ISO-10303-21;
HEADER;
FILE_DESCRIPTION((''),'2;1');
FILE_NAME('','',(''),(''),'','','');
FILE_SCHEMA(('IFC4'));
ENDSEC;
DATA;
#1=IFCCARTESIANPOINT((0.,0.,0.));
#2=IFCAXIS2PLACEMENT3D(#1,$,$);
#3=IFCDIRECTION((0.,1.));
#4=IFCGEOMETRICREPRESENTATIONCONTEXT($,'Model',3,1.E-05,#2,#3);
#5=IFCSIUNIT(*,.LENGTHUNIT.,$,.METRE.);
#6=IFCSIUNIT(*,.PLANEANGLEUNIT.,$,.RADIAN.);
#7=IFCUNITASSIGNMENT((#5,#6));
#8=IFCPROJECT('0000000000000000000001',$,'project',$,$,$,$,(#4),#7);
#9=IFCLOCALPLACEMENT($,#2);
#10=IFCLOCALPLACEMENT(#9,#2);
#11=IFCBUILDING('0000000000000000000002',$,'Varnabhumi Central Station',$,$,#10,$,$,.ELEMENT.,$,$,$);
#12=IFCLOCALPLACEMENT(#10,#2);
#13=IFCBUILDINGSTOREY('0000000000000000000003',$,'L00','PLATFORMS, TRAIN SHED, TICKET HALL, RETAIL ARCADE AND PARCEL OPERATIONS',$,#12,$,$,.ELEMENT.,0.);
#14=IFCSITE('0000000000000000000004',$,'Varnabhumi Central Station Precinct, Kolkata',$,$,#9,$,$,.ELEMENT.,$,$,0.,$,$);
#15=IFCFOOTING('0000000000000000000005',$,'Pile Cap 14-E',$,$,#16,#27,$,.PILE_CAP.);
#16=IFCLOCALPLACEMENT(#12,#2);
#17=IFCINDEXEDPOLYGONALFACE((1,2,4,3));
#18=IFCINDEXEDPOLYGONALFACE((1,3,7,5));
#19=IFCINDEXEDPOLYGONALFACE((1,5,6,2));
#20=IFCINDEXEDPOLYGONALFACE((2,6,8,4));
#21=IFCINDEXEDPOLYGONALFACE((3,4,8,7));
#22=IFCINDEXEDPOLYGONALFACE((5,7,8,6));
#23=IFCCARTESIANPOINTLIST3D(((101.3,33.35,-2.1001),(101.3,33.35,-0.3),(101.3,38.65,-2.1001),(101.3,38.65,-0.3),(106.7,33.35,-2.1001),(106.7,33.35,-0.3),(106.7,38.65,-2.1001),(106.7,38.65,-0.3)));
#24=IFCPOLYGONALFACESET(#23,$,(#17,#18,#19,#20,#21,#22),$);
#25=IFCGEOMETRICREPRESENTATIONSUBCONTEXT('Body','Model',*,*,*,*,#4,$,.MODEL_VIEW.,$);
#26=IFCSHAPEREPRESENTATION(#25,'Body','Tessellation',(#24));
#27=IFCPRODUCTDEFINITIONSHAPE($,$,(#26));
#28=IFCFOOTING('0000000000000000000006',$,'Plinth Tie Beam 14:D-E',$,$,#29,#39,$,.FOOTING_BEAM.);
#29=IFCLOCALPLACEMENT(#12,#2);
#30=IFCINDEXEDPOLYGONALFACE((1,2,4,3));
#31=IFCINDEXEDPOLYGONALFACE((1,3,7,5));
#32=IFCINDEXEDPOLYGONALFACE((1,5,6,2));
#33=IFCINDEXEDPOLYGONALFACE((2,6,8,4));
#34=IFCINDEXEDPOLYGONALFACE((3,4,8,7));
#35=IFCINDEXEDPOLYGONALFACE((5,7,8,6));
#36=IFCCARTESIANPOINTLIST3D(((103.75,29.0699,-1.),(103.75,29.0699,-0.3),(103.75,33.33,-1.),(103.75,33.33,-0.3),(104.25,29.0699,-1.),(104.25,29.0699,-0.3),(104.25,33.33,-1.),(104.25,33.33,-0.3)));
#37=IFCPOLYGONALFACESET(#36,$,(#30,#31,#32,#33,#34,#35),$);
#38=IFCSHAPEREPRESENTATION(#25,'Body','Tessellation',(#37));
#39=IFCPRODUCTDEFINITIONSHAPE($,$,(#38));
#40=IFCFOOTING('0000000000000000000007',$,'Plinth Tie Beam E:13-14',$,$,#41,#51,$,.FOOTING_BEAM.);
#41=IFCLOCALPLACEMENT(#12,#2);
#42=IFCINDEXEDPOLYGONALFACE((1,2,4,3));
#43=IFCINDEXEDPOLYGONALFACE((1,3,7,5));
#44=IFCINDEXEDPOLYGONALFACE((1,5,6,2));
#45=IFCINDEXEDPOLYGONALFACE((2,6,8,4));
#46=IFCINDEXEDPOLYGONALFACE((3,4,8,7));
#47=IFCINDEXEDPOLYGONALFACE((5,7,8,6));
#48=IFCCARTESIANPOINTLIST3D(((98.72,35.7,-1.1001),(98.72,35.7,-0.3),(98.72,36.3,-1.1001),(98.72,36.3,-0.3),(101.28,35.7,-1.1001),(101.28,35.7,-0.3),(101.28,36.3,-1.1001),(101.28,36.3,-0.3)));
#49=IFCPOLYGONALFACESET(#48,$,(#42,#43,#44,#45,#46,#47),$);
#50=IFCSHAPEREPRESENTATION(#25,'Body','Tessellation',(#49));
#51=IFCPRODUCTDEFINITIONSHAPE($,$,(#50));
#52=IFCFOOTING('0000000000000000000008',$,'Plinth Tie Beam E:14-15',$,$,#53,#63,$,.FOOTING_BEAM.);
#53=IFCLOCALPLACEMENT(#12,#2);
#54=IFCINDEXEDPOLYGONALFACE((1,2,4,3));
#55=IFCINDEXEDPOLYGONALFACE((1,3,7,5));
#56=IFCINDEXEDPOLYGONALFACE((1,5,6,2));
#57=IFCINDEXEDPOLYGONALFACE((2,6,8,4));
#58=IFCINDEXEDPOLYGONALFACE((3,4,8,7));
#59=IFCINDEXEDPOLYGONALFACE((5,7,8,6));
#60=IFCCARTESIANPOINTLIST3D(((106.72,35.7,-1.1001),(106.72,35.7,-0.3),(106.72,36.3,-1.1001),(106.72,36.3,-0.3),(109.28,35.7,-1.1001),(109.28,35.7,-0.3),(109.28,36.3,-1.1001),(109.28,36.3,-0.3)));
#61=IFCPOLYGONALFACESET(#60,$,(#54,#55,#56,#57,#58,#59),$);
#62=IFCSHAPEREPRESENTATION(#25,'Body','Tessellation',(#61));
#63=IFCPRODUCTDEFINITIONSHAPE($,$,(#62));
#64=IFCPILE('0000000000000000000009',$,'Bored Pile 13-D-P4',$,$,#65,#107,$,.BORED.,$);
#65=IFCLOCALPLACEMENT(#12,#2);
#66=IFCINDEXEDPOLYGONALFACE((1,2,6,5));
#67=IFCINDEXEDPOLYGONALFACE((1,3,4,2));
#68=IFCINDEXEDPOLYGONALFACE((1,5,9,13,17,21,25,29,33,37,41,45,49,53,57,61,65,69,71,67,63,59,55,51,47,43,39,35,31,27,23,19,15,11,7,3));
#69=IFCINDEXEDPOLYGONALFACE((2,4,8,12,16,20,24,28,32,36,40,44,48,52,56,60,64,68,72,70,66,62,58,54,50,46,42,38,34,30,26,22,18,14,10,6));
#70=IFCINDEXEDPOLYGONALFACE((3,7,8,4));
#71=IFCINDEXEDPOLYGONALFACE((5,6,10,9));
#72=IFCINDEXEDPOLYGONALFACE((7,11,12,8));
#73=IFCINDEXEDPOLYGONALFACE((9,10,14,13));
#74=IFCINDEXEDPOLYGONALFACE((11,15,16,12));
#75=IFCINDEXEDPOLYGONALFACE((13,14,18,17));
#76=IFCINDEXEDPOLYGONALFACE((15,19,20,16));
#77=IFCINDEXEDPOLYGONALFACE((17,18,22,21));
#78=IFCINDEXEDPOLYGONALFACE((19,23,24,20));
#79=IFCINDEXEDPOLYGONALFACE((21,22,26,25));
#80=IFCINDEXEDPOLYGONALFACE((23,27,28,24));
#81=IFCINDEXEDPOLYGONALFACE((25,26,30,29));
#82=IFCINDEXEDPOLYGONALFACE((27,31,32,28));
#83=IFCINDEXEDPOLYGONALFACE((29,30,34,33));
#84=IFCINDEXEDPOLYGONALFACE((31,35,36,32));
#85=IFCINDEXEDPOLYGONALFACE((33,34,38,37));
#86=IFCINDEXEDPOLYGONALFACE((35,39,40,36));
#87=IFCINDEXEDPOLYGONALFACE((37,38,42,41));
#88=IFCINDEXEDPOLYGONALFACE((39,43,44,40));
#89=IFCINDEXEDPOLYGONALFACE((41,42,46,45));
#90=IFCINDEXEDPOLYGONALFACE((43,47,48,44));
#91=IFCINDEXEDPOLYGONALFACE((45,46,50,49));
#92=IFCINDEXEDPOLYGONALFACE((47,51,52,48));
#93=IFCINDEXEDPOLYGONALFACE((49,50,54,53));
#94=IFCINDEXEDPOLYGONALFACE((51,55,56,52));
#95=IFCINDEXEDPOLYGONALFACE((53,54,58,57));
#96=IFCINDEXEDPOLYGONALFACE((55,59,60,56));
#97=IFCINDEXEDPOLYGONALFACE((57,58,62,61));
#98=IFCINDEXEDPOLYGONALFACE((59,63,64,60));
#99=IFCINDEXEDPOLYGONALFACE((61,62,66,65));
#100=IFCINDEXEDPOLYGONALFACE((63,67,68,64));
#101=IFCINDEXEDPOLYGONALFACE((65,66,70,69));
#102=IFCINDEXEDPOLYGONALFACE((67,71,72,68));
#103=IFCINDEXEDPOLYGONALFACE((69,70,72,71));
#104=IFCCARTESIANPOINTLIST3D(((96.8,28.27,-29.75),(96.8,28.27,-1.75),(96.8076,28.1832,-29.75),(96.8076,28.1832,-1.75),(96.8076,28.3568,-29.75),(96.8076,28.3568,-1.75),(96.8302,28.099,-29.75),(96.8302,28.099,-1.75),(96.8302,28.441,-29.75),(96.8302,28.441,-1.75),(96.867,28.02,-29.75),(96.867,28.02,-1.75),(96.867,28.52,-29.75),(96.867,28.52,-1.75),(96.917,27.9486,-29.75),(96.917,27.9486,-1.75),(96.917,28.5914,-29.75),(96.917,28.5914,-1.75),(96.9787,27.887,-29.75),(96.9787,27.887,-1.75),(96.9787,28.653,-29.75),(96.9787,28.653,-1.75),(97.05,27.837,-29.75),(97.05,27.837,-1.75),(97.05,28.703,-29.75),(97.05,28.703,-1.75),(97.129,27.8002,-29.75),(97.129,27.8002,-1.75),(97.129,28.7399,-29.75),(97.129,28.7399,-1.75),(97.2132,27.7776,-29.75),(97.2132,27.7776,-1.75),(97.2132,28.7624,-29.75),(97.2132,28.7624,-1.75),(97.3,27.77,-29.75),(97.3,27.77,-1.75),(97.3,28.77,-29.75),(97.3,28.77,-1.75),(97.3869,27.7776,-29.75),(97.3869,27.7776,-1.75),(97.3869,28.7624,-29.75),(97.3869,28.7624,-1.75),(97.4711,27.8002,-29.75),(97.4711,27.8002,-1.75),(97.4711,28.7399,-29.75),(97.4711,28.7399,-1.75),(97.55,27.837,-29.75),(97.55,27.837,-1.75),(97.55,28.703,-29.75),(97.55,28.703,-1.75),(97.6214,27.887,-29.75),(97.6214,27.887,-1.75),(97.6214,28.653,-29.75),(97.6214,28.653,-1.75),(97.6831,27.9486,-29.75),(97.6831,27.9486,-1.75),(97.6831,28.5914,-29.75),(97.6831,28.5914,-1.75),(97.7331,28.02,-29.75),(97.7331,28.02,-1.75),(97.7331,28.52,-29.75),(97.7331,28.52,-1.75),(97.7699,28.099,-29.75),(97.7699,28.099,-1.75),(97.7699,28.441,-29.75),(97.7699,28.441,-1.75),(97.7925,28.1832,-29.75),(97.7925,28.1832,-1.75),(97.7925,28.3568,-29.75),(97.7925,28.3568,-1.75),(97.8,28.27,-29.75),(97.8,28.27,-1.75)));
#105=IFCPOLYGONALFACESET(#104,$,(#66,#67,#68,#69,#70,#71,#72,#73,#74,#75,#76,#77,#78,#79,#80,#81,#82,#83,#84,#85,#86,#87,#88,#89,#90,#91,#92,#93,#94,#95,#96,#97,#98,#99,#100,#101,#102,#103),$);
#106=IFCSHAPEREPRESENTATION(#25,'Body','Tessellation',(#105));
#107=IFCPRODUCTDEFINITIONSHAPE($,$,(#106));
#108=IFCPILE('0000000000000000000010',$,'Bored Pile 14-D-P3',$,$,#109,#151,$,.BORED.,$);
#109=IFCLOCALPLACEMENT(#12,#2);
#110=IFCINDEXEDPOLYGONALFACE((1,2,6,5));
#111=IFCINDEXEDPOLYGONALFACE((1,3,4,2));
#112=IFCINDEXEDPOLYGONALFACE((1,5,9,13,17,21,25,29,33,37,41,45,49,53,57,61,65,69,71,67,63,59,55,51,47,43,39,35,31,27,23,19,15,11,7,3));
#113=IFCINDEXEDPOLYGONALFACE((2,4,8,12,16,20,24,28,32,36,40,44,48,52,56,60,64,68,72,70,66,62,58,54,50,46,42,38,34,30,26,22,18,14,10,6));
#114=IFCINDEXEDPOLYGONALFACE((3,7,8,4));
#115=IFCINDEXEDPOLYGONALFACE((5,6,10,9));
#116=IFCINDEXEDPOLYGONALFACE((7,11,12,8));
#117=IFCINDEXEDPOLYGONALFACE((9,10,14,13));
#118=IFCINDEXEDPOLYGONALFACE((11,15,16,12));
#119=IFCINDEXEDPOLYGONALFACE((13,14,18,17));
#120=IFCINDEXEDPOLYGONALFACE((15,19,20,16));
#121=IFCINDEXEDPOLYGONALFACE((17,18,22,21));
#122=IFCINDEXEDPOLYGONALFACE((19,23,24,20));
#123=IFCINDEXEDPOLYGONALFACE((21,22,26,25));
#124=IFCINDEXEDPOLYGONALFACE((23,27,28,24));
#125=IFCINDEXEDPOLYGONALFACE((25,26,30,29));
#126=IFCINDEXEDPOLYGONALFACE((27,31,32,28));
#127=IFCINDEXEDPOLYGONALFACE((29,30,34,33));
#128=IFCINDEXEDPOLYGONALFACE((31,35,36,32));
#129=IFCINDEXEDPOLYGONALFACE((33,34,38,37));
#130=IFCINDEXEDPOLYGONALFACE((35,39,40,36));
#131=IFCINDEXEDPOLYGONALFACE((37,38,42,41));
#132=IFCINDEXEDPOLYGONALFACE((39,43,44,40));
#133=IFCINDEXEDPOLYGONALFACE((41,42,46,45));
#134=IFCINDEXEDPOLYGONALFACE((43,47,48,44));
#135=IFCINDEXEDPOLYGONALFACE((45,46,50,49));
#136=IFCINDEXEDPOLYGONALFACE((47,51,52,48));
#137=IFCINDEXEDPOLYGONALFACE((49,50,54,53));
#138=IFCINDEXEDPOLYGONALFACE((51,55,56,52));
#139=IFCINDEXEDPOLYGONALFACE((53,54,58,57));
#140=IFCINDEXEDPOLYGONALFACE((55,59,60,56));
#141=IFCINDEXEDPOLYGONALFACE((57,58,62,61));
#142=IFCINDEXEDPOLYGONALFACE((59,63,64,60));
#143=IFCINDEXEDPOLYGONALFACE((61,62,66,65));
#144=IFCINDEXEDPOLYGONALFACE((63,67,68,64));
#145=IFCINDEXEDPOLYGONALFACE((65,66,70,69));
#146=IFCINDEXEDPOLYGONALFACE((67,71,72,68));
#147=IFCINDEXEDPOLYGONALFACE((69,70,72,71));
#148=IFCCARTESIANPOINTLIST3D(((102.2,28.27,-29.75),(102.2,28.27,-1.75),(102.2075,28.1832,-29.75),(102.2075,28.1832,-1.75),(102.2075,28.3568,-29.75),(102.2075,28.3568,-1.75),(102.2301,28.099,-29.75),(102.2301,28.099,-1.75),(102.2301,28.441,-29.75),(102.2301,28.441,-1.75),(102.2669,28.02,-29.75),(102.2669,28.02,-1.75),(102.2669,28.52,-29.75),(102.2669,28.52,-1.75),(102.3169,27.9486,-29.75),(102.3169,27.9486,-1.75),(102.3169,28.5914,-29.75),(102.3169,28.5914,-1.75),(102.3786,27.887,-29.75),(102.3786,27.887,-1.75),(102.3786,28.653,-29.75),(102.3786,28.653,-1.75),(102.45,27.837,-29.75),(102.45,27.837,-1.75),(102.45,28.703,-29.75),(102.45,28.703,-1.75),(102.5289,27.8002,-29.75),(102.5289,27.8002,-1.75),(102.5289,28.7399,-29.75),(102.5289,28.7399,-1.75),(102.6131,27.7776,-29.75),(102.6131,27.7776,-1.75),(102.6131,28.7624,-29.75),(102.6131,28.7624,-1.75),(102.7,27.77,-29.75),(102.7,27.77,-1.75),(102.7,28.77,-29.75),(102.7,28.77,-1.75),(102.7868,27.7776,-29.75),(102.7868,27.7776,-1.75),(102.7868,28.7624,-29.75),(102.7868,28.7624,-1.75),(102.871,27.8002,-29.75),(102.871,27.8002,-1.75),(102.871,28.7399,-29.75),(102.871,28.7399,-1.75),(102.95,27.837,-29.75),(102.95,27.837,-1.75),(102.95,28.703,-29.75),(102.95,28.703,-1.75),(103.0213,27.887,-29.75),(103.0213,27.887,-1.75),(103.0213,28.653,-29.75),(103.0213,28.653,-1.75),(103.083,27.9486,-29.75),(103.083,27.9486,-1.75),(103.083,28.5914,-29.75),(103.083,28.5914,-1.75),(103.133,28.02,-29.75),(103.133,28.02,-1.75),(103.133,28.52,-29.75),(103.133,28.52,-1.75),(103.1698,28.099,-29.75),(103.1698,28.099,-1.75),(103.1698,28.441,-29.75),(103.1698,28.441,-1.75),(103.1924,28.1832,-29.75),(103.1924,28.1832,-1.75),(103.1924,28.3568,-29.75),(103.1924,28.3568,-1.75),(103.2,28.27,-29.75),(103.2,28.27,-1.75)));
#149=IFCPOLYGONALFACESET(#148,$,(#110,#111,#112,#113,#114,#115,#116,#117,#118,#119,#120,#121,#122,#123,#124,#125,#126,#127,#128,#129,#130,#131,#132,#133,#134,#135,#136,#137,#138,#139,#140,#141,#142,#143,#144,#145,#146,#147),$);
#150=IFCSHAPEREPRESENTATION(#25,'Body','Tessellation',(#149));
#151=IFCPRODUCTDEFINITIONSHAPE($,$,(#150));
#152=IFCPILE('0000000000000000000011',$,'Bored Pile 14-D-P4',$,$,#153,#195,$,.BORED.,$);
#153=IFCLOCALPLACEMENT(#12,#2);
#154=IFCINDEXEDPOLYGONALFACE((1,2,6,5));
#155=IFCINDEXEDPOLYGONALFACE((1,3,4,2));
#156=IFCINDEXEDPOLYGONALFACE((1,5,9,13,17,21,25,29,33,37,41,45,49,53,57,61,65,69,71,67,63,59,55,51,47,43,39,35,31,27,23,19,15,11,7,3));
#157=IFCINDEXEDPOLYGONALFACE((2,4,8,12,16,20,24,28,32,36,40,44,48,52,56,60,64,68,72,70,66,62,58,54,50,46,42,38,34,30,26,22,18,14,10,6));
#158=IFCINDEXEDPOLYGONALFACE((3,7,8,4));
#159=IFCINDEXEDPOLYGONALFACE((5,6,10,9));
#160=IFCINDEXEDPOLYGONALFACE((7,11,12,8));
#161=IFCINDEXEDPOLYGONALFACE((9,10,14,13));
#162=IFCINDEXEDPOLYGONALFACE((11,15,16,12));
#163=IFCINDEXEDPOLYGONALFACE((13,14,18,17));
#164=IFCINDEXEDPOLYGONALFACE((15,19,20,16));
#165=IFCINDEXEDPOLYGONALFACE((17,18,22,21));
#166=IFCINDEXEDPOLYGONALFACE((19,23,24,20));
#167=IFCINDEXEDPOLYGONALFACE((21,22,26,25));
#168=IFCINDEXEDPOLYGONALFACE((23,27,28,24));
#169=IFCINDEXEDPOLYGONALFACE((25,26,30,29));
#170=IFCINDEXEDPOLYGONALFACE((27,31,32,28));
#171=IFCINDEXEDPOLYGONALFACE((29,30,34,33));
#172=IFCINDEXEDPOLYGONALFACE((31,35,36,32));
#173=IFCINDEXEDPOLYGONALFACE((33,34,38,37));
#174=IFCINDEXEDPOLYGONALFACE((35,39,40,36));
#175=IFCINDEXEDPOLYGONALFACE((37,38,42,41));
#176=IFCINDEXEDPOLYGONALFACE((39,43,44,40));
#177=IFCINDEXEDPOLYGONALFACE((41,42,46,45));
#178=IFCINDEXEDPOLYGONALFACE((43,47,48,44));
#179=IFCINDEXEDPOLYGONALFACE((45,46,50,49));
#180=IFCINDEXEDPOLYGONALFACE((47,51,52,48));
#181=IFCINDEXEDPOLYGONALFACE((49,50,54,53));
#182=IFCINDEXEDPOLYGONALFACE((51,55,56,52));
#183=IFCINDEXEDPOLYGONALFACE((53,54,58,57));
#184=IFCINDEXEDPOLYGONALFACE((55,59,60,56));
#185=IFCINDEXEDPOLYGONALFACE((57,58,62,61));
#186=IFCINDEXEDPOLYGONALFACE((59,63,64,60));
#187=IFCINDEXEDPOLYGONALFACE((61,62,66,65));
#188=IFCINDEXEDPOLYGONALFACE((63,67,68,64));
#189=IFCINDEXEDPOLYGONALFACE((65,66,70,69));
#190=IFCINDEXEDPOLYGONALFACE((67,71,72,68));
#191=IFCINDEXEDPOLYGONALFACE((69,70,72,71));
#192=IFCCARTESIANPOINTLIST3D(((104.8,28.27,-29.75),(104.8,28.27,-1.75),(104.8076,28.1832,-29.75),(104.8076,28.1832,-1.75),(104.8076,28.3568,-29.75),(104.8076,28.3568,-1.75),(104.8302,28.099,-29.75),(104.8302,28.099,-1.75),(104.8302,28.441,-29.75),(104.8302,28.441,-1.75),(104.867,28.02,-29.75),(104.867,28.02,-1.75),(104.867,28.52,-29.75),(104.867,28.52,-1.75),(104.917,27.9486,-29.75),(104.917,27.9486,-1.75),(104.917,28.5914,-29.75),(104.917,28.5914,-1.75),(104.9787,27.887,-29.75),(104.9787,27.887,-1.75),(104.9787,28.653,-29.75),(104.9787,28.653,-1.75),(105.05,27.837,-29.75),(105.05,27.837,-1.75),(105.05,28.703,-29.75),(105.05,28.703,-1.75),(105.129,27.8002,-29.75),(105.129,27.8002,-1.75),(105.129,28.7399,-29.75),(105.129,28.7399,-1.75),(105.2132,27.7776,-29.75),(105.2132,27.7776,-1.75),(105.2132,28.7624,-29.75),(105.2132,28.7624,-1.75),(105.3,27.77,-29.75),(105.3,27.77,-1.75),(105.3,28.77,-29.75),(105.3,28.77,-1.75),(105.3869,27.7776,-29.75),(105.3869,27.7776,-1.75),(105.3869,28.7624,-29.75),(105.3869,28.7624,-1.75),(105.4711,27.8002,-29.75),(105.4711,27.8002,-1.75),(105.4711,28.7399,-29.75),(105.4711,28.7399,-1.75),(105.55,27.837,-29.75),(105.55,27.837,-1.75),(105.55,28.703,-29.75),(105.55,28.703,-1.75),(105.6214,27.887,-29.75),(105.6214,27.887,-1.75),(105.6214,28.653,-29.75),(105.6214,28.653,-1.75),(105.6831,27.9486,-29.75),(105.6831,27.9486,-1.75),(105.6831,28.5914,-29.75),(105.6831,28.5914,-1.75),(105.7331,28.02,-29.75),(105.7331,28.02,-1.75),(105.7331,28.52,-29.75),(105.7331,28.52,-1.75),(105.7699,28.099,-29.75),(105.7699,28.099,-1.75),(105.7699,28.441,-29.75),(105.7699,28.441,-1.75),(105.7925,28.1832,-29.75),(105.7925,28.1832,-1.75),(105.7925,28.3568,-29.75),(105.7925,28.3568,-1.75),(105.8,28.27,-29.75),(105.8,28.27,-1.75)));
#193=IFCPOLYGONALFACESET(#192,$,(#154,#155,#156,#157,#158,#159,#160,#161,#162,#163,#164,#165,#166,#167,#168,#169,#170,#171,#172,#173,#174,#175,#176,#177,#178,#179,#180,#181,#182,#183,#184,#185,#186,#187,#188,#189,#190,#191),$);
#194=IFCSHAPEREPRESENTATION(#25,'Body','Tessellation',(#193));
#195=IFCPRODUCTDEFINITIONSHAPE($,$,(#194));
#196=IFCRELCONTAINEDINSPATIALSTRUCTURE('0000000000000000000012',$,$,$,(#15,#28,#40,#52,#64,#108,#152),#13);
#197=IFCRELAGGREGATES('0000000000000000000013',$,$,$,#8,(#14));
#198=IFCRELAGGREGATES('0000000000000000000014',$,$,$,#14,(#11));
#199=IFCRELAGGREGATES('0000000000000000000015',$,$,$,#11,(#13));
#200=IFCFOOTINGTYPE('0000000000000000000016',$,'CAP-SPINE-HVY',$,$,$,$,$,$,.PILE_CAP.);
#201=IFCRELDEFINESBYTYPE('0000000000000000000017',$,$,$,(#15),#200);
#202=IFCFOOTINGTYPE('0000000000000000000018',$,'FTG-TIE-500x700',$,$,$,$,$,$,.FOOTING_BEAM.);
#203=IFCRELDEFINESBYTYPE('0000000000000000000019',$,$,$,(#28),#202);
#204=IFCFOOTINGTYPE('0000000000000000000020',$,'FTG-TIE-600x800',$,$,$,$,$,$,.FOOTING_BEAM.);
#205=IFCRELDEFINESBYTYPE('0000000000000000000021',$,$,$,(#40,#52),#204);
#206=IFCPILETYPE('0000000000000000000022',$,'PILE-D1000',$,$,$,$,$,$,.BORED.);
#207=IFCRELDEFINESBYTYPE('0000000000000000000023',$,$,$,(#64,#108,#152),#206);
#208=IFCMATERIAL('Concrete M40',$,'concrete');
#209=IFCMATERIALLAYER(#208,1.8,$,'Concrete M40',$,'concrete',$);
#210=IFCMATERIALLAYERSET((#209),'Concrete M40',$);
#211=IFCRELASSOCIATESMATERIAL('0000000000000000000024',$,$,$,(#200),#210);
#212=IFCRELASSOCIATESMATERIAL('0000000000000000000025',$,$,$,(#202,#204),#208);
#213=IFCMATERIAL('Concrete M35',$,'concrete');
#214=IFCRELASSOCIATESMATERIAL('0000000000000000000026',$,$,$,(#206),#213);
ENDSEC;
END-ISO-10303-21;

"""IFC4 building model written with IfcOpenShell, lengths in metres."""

from ifc_helpers import new_model, si_unit, direction, frame, origin, origin_2d, place, context, subcontext, project, spatial, rectangle, circle, extrude, material, layer, layer_set, material_profile, profile_set, type_object, element, save


model = new_model("IFC4")

# Units and contexts
model_context = context("Model", 3, precision=1e-05, world=origin(), true_north=direction((0.0, 1.0)))
body_context = subcontext(model_context, "Body", "Model", "MODEL_VIEW")
ifc_project = project(units=[si_unit("LENGTHUNIT", "METRE"), si_unit("PLANEANGLEUNIT", "RADIAN")], contexts=[model_context])

# Site, building, storey
site_placement = place(None, origin())
site = spatial("IfcSite", under=ifc_project, at=site_placement, Name="Varnabhumi Central Station Precinct, Kolkata", CompositionType="ELEMENT", RefElevation=0.0)
building_placement = place(site_placement, origin())
building = spatial("IfcBuilding", under=site, at=building_placement, Name="Varnabhumi Central Station", CompositionType="ELEMENT")
storey_placement = place(building_placement, origin())
storey = spatial("IfcBuildingStorey", under=building, at=storey_placement, Name="L00", Description="PLATFORMS, TRAIN SHED, TICKET HALL, RETAIL ARCADE AND PARCEL OPERATIONS", CompositionType="ELEMENT", Elevation=0.0)

# Footings
ifc_material_1 = material(Name="Concrete M40", Category="concrete")
ifc_layer_1 = layer(ifc_material_1, 1.8, Name="Concrete M40", Category="concrete")
ifc_layer_set_1 = layer_set([ifc_layer_1], Name="Concrete M40")
footing_type_1 = type_object("IfcFootingType", Name="CAP-SPINE-HVY", PredefinedType="PILE_CAP", material=ifc_layer_set_1)
footing_1_placement = place(storey_placement, frame((104.0, 36.0, -2.1001), z_axis=(0.0, 0.0, 1.0), x_axis=(1.0, 0.0, 0.0)))
element("IfcFooting", 1, at=footing_1_placement, inside=storey, type_object=footing_type_1, Name="Pile Cap 14-E", PredefinedType="PILE_CAP", context=body_context, shape_type="SweptSolid", body=[
    extrude(rectangle(XDim=5.3999, YDim=5.3, at=origin_2d()), origin(), (0.0, 0.0, 1.0), 1.8),
])
footing_type_2 = type_object("IfcFootingType", Name="FTG-TIE-500x700", PredefinedType="FOOTING_BEAM", material=ifc_material_1)
footing_2_placement = place(storey_placement, frame((104.0, 31.2, -1.0), z_axis=(0.0, 0.0, 1.0), x_axis=(1.0, 0.0, 0.0)))
element("IfcFooting", 2, at=footing_2_placement, inside=storey, type_object=footing_type_2, Name="Plinth Tie Beam 14:D-E", PredefinedType="FOOTING_BEAM", context=body_context, shape_type="SweptSolid", body=[
    extrude(rectangle(XDim=0.5, YDim=4.26, at=origin_2d()), origin(), (0.0, 0.0, 1.0), 0.7),
])
footing_type_3 = type_object("IfcFootingType", Name="FTG-TIE-600x800", PredefinedType="FOOTING_BEAM", material=ifc_material_1)
for number, where, z_axis, x_axis, name in (
    (3, (100.0, 36.0, -1.1001), (0.0, 0.0, 1.0), (1.0, 0.0, 0.0), "Plinth Tie Beam E:13-14"),
    (4, (108.0, 36.0, -1.1001), (0.0, 0.0, 1.0), (1.0, 0.0, 0.0), "Plinth Tie Beam E:14-15"),
):
    element("IfcFooting", number, at=place(storey_placement, frame(where, z_axis=z_axis, x_axis=x_axis)), inside=storey, type_object=footing_type_3, Name=name, PredefinedType="FOOTING_BEAM", context=body_context, shape_type="SweptSolid", body=[
        extrude(rectangle(XDim=2.5601, YDim=0.6001, at=origin_2d()), origin(), (0.0, 0.0, 1.0), 0.8),
    ])

# Piles
ifc_material_2 = material(Name="Concrete M35", Category="concrete")
ifc_material_profile_1 = material_profile(ifc_material_2, circle(Radius=0.5, at=origin_2d()), Name="Concrete M35", Category="concrete")
ifc_profile_set_1 = profile_set([ifc_material_profile_1], Name="Concrete M35")
pile_type_1 = type_object("IfcPileType", Name="PILE-D1000", PredefinedType="BORED", material=ifc_profile_set_1)
for number, where, z_axis, x_axis, name in (
    (5, (97.3, 28.27, -1.75), (0.0, 0.0, -1.0), (1.0, 0.0, 0.0), "Bored Pile 13-D-P4"),
    (6, (102.7, 28.27, -1.75), (0.0, 0.0, -1.0), (1.0, 0.0, 0.0), "Bored Pile 14-D-P3"),
    (7, (105.3, 28.27, -1.75), (0.0, 0.0, -1.0), (1.0, 0.0, 0.0), "Bored Pile 14-D-P4"),
):
    element("IfcPile", number, at=place(storey_placement, frame(where, z_axis=z_axis, x_axis=x_axis)), inside=storey, type_object=pile_type_1, Name=name, PredefinedType="BORED", context=body_context, shape_type="SweptSolid", body=[
        extrude(circle(Radius=0.5, at=origin_2d()), origin(), (0.0, 0.0, 1.0), 28.0),
    ])

save(model, "model.ifc")
